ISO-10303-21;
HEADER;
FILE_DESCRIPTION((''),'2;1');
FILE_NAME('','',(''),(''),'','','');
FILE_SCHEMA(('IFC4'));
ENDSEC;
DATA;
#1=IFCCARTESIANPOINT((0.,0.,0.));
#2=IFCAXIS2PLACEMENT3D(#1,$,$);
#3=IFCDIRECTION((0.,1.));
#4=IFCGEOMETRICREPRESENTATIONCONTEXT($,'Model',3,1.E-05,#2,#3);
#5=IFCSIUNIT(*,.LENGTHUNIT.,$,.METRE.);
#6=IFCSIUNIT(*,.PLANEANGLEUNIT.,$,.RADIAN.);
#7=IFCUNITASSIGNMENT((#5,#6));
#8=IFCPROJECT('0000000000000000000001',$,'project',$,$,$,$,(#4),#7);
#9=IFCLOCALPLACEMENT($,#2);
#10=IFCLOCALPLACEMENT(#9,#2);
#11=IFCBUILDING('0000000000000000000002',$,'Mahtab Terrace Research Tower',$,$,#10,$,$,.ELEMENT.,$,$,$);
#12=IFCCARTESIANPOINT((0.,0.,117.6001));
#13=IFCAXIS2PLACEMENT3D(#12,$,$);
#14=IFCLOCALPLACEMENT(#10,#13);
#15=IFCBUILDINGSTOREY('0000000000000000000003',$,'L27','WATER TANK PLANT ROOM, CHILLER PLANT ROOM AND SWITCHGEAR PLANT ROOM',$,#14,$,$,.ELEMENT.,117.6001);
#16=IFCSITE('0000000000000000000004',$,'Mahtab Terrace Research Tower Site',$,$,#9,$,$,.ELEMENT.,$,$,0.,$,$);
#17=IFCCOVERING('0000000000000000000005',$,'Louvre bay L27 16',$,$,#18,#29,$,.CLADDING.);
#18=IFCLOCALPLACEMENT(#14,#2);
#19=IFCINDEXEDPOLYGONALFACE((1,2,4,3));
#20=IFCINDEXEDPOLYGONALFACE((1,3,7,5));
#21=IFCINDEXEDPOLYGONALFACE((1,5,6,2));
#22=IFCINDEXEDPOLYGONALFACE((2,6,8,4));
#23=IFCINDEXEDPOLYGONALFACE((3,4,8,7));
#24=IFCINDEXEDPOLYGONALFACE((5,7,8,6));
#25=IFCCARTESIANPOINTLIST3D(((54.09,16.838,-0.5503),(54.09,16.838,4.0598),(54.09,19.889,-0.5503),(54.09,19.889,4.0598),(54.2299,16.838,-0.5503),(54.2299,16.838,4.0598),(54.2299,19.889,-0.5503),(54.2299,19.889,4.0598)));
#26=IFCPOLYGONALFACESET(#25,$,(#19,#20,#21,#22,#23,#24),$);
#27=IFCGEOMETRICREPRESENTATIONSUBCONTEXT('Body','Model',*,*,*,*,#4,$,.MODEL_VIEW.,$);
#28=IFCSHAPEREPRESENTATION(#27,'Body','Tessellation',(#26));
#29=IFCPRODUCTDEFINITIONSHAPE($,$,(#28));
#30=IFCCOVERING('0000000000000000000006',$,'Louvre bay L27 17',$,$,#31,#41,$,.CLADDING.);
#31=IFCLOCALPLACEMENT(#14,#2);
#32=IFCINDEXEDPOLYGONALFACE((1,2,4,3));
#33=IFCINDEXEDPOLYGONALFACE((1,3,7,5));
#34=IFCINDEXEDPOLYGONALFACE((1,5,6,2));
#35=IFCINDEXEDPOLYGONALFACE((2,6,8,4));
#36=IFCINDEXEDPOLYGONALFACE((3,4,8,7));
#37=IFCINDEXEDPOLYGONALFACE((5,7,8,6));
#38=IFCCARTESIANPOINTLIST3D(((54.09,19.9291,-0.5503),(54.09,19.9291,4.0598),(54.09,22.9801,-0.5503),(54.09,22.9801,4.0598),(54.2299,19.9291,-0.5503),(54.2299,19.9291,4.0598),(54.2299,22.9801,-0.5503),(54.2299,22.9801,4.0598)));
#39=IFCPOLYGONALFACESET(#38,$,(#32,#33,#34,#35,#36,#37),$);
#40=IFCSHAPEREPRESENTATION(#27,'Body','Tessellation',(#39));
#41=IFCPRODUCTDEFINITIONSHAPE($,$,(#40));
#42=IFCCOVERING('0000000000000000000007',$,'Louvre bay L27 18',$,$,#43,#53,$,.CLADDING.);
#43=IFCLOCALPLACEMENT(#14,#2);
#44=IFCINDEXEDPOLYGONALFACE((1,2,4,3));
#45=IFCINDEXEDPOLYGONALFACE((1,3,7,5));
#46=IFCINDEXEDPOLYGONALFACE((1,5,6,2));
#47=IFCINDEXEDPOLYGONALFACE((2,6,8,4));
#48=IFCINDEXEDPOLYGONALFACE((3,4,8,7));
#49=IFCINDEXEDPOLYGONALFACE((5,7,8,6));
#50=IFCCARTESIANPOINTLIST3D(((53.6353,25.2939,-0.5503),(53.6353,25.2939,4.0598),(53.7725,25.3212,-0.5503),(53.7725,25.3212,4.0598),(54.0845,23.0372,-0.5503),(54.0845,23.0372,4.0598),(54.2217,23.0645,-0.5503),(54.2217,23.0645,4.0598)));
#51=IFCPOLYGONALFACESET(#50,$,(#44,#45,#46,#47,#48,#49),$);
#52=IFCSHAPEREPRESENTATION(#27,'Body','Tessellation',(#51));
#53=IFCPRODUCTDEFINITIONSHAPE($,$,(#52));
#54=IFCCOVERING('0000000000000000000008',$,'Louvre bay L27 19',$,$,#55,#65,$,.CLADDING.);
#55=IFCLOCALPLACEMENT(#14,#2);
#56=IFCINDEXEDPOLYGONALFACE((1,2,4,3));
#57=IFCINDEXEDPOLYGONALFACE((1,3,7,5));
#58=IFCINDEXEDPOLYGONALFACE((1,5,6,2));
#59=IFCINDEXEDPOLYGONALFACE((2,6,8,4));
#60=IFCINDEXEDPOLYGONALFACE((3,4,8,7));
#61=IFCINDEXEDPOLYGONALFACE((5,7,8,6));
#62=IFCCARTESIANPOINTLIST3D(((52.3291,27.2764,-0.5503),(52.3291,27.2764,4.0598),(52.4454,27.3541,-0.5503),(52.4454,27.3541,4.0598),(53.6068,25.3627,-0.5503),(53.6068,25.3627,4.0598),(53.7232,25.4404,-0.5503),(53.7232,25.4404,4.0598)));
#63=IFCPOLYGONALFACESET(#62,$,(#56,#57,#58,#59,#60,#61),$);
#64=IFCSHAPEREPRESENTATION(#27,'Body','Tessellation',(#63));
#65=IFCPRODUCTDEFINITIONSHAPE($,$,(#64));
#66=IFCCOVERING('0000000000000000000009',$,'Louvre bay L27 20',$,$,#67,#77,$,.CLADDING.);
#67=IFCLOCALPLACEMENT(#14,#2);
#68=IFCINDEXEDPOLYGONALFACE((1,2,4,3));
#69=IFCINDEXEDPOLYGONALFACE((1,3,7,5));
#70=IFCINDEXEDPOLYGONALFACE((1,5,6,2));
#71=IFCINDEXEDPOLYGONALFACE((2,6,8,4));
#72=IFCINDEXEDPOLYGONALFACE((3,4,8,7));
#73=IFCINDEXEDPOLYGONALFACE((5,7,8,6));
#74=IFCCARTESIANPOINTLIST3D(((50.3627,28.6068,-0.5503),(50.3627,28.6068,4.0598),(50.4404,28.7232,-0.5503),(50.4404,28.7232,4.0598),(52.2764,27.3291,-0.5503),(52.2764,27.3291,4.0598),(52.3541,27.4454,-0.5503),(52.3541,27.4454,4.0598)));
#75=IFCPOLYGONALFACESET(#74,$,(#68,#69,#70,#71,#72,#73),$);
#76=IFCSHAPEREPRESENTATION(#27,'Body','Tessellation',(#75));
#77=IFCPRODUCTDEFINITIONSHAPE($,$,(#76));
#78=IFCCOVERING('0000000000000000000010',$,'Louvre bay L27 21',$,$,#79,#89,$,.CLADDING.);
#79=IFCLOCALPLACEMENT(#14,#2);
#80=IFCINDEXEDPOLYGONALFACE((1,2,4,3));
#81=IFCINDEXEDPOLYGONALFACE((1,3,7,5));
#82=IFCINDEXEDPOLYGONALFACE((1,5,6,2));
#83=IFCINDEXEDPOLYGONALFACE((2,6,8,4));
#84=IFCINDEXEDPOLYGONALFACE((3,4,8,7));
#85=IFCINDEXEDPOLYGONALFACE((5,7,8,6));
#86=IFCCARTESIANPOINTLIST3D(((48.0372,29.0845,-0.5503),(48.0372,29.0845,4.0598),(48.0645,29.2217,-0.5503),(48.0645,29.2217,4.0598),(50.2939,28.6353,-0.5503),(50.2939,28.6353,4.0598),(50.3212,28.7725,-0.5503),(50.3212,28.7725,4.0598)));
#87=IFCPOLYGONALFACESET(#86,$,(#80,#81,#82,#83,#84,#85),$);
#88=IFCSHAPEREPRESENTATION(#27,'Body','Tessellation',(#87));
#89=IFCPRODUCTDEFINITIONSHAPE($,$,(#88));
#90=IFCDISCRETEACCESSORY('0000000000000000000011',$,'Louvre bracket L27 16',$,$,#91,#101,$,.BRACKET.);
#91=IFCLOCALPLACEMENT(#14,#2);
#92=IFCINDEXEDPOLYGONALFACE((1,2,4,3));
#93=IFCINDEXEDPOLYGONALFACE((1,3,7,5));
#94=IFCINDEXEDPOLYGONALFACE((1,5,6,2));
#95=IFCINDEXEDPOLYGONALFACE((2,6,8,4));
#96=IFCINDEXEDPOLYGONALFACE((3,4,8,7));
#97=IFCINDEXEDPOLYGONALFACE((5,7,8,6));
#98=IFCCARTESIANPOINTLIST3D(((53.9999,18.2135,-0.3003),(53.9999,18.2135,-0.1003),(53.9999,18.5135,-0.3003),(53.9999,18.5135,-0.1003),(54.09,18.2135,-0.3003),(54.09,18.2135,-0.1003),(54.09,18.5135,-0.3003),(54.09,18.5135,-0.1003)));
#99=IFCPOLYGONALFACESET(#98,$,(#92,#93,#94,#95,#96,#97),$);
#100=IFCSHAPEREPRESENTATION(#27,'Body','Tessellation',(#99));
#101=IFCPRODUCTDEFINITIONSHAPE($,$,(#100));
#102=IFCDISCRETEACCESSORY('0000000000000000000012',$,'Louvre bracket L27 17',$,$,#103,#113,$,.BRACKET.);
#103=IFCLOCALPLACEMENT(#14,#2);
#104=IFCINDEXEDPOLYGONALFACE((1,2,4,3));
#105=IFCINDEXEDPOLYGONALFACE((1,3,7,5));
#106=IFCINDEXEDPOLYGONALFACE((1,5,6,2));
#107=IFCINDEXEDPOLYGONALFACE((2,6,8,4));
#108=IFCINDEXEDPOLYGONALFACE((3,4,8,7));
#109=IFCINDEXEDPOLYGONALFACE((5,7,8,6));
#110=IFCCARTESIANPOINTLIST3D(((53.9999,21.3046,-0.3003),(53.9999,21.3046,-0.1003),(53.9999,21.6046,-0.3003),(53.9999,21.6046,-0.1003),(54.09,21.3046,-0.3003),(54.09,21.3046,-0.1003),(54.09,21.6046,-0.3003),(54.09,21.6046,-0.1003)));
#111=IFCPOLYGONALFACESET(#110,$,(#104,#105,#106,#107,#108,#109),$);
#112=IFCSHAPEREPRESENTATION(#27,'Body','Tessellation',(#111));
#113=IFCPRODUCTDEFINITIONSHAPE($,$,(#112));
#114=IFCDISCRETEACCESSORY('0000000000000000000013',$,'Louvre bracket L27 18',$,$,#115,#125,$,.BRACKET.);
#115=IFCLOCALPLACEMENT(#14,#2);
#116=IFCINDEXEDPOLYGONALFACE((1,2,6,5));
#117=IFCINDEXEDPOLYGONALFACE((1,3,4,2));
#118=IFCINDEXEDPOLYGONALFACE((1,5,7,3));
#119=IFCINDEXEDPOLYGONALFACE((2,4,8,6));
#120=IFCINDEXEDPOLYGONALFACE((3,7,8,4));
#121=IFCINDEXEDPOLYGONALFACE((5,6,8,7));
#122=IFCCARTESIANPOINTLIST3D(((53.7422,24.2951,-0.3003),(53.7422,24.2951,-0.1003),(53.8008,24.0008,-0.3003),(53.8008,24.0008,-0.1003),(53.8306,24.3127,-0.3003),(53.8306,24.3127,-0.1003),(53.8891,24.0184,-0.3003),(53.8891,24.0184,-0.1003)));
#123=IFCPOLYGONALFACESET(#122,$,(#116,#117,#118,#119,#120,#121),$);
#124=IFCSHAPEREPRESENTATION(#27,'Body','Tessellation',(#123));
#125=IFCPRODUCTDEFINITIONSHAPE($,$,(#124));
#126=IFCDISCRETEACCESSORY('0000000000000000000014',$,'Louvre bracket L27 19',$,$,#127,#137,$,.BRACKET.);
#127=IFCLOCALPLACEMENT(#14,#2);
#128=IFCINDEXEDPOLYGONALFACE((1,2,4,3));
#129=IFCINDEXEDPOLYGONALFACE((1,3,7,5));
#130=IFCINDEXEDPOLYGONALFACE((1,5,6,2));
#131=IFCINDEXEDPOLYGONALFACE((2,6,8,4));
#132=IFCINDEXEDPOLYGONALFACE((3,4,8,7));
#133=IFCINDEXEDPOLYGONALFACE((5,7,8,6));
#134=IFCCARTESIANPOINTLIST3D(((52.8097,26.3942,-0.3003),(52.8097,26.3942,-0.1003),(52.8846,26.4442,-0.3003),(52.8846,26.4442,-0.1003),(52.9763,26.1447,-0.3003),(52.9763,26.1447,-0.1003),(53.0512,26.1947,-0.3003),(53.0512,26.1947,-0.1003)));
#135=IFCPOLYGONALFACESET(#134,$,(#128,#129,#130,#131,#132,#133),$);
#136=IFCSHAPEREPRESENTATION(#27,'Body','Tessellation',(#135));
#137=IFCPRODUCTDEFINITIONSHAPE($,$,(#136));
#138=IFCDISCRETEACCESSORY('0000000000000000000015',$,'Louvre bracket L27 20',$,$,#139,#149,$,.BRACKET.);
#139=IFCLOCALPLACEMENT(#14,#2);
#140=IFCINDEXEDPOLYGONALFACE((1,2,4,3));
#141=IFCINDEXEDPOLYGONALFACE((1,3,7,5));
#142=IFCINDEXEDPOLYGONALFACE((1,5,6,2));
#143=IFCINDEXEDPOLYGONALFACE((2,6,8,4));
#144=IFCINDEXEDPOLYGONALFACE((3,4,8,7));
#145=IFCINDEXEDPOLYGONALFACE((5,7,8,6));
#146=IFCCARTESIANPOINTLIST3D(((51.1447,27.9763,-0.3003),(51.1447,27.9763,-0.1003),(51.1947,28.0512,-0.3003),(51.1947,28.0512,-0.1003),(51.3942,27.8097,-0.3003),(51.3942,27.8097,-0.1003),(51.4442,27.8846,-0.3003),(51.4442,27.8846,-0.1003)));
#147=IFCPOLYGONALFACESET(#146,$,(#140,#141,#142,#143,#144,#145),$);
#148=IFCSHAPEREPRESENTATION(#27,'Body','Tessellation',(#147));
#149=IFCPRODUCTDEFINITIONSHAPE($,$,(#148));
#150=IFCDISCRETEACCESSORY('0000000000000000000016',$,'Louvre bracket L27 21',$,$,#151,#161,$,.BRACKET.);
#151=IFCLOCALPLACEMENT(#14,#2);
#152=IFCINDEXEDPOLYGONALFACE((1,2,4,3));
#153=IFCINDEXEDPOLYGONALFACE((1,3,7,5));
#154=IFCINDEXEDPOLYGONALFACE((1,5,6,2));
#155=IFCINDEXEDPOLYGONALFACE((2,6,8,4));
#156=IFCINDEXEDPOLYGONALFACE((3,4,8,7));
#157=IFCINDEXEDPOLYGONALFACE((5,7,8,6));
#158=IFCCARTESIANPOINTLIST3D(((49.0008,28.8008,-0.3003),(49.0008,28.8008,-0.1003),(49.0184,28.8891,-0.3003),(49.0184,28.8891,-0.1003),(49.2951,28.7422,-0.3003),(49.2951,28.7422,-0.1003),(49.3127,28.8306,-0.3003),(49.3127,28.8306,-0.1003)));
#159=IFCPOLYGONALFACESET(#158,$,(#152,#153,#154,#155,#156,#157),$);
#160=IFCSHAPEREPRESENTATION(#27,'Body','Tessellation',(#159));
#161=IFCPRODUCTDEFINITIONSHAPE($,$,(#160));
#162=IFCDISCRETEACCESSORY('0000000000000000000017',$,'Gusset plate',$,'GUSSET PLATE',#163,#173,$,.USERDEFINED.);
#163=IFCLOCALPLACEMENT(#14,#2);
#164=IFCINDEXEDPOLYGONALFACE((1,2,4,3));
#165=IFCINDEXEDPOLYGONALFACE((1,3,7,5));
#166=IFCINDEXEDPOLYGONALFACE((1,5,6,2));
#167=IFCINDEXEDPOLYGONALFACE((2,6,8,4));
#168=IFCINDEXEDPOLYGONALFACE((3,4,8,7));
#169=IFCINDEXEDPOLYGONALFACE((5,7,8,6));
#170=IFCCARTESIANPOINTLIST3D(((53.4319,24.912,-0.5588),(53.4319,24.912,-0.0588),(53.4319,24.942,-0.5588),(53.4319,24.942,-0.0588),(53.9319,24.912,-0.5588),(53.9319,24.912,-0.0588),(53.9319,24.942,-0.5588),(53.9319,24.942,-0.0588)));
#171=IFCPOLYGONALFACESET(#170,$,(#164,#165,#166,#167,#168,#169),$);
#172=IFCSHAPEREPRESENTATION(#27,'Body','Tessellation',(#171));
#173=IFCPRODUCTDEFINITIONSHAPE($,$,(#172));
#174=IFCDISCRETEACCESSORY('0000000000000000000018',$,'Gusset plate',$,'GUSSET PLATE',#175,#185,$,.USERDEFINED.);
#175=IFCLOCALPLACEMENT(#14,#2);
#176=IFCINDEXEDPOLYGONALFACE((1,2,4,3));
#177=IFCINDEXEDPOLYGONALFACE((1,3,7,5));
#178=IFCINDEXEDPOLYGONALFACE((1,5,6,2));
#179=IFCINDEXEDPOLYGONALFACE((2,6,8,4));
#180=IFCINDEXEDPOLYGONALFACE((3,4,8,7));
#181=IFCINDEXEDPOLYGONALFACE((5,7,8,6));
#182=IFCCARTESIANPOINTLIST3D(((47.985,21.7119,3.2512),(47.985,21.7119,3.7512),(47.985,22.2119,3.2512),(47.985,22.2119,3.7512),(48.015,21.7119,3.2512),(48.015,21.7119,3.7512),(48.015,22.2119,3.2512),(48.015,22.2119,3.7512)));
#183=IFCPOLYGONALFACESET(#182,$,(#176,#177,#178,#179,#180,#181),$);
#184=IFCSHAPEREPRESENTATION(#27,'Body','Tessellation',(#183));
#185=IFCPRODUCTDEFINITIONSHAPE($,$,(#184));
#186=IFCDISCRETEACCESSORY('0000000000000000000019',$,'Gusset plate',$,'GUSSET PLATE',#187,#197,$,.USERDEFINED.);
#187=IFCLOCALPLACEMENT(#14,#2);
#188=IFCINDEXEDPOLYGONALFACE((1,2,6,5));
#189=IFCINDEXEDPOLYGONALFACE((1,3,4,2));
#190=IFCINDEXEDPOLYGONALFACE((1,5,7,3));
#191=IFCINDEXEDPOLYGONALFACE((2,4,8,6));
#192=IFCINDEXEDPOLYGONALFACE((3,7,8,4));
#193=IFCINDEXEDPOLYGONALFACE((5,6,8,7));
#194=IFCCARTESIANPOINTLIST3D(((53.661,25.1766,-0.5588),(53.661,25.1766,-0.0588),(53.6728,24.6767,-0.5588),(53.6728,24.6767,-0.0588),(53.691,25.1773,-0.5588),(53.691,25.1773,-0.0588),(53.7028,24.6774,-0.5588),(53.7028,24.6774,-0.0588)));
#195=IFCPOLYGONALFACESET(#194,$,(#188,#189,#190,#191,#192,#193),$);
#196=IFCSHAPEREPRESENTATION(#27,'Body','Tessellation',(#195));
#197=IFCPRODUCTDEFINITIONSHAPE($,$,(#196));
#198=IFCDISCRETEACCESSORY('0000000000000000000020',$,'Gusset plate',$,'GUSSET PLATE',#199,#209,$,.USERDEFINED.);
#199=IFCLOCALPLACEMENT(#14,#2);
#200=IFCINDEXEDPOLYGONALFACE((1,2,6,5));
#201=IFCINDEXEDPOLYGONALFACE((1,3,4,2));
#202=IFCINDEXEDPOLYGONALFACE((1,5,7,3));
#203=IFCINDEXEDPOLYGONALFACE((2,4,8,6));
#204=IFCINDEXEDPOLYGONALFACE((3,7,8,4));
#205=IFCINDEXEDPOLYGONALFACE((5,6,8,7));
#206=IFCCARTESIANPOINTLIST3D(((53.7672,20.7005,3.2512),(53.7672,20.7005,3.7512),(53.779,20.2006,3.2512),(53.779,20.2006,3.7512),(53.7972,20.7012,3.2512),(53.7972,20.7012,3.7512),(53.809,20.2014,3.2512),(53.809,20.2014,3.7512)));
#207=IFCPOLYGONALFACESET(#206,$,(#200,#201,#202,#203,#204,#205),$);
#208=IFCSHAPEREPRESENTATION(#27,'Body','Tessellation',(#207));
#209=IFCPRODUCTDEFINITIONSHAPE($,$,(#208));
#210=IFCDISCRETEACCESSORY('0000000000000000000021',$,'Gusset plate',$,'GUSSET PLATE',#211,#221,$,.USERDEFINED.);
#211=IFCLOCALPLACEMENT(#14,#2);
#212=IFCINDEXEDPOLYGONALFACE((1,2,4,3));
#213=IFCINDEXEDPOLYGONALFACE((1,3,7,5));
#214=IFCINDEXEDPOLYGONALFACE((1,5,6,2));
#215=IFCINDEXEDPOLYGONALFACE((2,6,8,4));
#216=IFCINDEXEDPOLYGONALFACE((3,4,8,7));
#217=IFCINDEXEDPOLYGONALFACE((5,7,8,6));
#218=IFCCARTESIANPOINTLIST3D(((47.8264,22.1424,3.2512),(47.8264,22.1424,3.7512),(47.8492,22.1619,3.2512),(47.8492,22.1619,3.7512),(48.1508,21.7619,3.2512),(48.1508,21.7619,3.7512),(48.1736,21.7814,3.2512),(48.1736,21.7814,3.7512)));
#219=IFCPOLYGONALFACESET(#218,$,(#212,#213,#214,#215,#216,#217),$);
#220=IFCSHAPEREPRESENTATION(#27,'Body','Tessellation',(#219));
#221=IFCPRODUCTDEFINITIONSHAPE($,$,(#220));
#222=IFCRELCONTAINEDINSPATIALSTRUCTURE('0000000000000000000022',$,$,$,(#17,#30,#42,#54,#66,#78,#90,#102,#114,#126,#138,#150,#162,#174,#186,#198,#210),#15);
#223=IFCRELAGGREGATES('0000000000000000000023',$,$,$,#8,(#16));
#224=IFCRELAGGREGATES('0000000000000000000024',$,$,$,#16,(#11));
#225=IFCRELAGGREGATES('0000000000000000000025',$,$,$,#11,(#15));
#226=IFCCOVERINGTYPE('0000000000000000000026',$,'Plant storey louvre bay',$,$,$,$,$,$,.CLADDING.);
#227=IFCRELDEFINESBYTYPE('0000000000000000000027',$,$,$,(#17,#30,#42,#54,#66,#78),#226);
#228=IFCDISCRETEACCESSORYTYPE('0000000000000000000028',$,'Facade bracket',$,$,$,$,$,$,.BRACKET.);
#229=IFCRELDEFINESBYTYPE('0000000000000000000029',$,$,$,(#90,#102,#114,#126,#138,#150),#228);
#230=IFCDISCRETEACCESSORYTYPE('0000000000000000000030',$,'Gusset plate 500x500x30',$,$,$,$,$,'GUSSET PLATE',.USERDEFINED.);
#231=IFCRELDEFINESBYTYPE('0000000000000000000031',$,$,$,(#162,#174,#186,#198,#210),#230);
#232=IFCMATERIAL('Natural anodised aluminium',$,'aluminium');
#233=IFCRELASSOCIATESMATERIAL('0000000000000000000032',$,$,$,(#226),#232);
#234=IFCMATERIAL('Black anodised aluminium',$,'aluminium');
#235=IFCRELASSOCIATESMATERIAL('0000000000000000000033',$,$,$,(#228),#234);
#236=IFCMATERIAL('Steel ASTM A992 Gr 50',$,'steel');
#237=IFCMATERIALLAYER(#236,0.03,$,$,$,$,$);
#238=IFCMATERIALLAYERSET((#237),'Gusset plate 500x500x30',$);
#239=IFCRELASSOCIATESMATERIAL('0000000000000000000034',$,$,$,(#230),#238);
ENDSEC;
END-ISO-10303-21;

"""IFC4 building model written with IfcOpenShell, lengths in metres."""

from ifc_helpers import new_model, si_unit, direction, frame, origin, origin_2d, place, context, subcontext, project, spatial, rectangle, extrude, material, layer, layer_set, type_object, element, save


model = new_model("IFC4")

# Units and contexts
model_context = context("Model", 3, precision=1e-05, world=origin(), true_north=direction((0.0, 1.0)))
body_context = subcontext(model_context, "Body", "Model", "MODEL_VIEW")
ifc_project = project(units=[si_unit("LENGTHUNIT", "METRE"), si_unit("PLANEANGLEUNIT", "RADIAN")], contexts=[model_context])

# Site, building, storey
site_placement = place(None, origin())
site = spatial("IfcSite", under=ifc_project, at=site_placement, Name="Mahtab Terrace Research Tower Site", CompositionType="ELEMENT", RefElevation=0.0)
building_placement = place(site_placement, origin())
building = spatial("IfcBuilding", under=site, at=building_placement, Name="Mahtab Terrace Research Tower", CompositionType="ELEMENT")
storey_placement = place(building_placement, frame((0.0, 0.0, 117.6001)))
storey = spatial("IfcBuildingStorey", under=building, at=storey_placement, Name="L27", Description="WATER TANK PLANT ROOM, CHILLER PLANT ROOM AND SWITCHGEAR PLANT ROOM", CompositionType="ELEMENT", Elevation=117.6001)

# Shared definitions
ifc_material_1 = material(Name="Steel ASTM A992 Gr 50", Category="steel")

# Coverings
ifc_material_2 = material(Name="Natural anodised aluminium", Category="aluminium")
covering_type = type_object("IfcCoveringType", Name="Plant storey louvre bay", PredefinedType="CLADDING", material=ifc_material_2)
for number, where, z_axis, x_axis, name in (
    (1, (54.1599, 18.3635, -0.5503), (0.0, 0.0, 1.0), (0.0, 1.0, 0.0), "Louvre bay L27 16"),
    (2, (54.1599, 21.4546, -0.5503), (0.0, 0.0, 1.0), (0.0, 1.0, 0.0), "Louvre bay L27 17"),
):
    element("IfcCovering", number, at=place(storey_placement, frame(where, z_axis=z_axis, x_axis=x_axis)), inside=storey, type_object=covering_type, Name=name, PredefinedType="CLADDING", context=body_context, shape_type="SweptSolid", body=[
        extrude(rectangle(XDim=3.051, YDim=0.1399, at=origin_2d()), origin(), (0.0, 0.0, 1.0), 4.6101),
    ])
for number, where, z_axis, x_axis, name in (
    (3, (53.9285, 24.1792, -0.5503), (0.0, 0.0, 1.0), (-0.195212, 0.980761, 0.0), "Louvre bay L27 18"),
    (4, (53.0261, 26.3584, -0.5503), (0.0, 0.0, 1.0), (-0.555291, 0.831656, 0.0), "Louvre bay L27 19"),
    (5, (51.3584, 28.0261, -0.5503), (0.0, 0.0, 1.0), (-0.831656, 0.555291, 0.0), "Louvre bay L27 20"),
    (6, (49.1792, 28.9285, -0.5503), (0.0, 0.0, 1.0), (-0.980761, 0.195212, 0.0), "Louvre bay L27 21"),
):
    element("IfcCovering", number, at=place(storey_placement, frame(where, z_axis=z_axis, x_axis=x_axis)), inside=storey, type_object=covering_type, Name=name, PredefinedType="CLADDING", context=body_context, shape_type="SweptSolid", body=[
        extrude(rectangle(XDim=2.301, YDim=0.1399, at=origin_2d()), origin(), (0.0, 0.0, 1.0), 4.6101),
    ])

# Discrete accessories
ifc_material_3 = material(Name="Black anodised aluminium", Category="aluminium")
discrete_accessory_type_1 = type_object("IfcDiscreteAccessoryType", Name="Facade bracket", PredefinedType="BRACKET", material=ifc_material_3)
for number, where, z_axis, x_axis, name in (
    (7, (54.0449, 18.3635, -0.3003), (0.0, 0.0, 1.0), (0.0, 1.0, 0.0), "Louvre bracket L27 16"),
    (8, (54.0449, 21.4546, -0.3003), (0.0, 0.0, 1.0), (0.0, 1.0, 0.0), "Louvre bracket L27 17"),
    (9, (53.8157, 24.1567, -0.3003), (0.0, 0.0, 1.0), (-0.195212, 0.980761, 0.0), "Louvre bracket L27 18"),
    (10, (52.9304, 26.2944, -0.3003), (0.0, 0.0, 1.0), (-0.555291, 0.831656, 0.0), "Louvre bracket L27 19"),
    (11, (51.2944, 27.9304, -0.3003), (0.0, 0.0, 1.0), (-0.831656, 0.555291, 0.0), "Louvre bracket L27 20"),
    (12, (49.1567, 28.8157, -0.3003), (0.0, 0.0, 1.0), (-0.980761, 0.195212, 0.0), "Louvre bracket L27 21"),
):
    element("IfcDiscreteAccessory", number, at=place(storey_placement, frame(where, z_axis=z_axis, x_axis=x_axis)), inside=storey, type_object=discrete_accessory_type_1, Name=name, PredefinedType="BRACKET", context=body_context, shape_type="SweptSolid", body=[
        extrude(rectangle(XDim=0.3, YDim=0.0901, at=origin_2d()), origin(), (0.0, 0.0, 1.0), 0.2),
    ])
ifc_layer = layer(ifc_material_1, 0.03)
ifc_layer_set = layer_set([ifc_layer], Name="Gusset plate 500x500x30")
discrete_accessory_type_2 = type_object("IfcDiscreteAccessoryType", Name="Gusset plate 500x500x30", ElementType="GUSSET PLATE", PredefinedType="USERDEFINED", material=ifc_layer_set)
for number, where, z_axis, x_axis, name in (
    (13, (53.6819, 24.927, -0.5588), (0.0, 0.0, 1.0), (1.0, 0.0, 0.0), "Gusset plate"),
    (14, (48.0, 21.9619, 3.2512), (0.0, 0.0, 1.0), (0.0, 1.0, 0.0), "Gusset plate"),
    (15, (53.6819, 24.927, -0.5588), (0.0, 0.0, 1.0), (-0.023682, 0.99972, 0.0), "Gusset plate"),
    (16, (53.7881, 20.4509, 3.2512), (0.0, 0.0, 1.0), (-0.023682, 0.99972, 0.0), "Gusset plate"),
    (17, (48.0, 21.9619, 3.2512), (0.0, 0.0, 1.0), (-0.648798, 0.760961, 0.0), "Gusset plate"),
):
    element("IfcDiscreteAccessory", number, at=place(storey_placement, frame(where, z_axis=z_axis, x_axis=x_axis)), inside=storey, type_object=discrete_accessory_type_2, Name=name, ObjectType="GUSSET PLATE", PredefinedType="USERDEFINED", context=body_context, shape_type="SweptSolid", body=[
        extrude(rectangle(XDim=0.5, YDim=0.03, at=origin_2d()), origin(), (0.0, 0.0, 1.0), 0.5),
    ])

save(model, "model.ifc")
